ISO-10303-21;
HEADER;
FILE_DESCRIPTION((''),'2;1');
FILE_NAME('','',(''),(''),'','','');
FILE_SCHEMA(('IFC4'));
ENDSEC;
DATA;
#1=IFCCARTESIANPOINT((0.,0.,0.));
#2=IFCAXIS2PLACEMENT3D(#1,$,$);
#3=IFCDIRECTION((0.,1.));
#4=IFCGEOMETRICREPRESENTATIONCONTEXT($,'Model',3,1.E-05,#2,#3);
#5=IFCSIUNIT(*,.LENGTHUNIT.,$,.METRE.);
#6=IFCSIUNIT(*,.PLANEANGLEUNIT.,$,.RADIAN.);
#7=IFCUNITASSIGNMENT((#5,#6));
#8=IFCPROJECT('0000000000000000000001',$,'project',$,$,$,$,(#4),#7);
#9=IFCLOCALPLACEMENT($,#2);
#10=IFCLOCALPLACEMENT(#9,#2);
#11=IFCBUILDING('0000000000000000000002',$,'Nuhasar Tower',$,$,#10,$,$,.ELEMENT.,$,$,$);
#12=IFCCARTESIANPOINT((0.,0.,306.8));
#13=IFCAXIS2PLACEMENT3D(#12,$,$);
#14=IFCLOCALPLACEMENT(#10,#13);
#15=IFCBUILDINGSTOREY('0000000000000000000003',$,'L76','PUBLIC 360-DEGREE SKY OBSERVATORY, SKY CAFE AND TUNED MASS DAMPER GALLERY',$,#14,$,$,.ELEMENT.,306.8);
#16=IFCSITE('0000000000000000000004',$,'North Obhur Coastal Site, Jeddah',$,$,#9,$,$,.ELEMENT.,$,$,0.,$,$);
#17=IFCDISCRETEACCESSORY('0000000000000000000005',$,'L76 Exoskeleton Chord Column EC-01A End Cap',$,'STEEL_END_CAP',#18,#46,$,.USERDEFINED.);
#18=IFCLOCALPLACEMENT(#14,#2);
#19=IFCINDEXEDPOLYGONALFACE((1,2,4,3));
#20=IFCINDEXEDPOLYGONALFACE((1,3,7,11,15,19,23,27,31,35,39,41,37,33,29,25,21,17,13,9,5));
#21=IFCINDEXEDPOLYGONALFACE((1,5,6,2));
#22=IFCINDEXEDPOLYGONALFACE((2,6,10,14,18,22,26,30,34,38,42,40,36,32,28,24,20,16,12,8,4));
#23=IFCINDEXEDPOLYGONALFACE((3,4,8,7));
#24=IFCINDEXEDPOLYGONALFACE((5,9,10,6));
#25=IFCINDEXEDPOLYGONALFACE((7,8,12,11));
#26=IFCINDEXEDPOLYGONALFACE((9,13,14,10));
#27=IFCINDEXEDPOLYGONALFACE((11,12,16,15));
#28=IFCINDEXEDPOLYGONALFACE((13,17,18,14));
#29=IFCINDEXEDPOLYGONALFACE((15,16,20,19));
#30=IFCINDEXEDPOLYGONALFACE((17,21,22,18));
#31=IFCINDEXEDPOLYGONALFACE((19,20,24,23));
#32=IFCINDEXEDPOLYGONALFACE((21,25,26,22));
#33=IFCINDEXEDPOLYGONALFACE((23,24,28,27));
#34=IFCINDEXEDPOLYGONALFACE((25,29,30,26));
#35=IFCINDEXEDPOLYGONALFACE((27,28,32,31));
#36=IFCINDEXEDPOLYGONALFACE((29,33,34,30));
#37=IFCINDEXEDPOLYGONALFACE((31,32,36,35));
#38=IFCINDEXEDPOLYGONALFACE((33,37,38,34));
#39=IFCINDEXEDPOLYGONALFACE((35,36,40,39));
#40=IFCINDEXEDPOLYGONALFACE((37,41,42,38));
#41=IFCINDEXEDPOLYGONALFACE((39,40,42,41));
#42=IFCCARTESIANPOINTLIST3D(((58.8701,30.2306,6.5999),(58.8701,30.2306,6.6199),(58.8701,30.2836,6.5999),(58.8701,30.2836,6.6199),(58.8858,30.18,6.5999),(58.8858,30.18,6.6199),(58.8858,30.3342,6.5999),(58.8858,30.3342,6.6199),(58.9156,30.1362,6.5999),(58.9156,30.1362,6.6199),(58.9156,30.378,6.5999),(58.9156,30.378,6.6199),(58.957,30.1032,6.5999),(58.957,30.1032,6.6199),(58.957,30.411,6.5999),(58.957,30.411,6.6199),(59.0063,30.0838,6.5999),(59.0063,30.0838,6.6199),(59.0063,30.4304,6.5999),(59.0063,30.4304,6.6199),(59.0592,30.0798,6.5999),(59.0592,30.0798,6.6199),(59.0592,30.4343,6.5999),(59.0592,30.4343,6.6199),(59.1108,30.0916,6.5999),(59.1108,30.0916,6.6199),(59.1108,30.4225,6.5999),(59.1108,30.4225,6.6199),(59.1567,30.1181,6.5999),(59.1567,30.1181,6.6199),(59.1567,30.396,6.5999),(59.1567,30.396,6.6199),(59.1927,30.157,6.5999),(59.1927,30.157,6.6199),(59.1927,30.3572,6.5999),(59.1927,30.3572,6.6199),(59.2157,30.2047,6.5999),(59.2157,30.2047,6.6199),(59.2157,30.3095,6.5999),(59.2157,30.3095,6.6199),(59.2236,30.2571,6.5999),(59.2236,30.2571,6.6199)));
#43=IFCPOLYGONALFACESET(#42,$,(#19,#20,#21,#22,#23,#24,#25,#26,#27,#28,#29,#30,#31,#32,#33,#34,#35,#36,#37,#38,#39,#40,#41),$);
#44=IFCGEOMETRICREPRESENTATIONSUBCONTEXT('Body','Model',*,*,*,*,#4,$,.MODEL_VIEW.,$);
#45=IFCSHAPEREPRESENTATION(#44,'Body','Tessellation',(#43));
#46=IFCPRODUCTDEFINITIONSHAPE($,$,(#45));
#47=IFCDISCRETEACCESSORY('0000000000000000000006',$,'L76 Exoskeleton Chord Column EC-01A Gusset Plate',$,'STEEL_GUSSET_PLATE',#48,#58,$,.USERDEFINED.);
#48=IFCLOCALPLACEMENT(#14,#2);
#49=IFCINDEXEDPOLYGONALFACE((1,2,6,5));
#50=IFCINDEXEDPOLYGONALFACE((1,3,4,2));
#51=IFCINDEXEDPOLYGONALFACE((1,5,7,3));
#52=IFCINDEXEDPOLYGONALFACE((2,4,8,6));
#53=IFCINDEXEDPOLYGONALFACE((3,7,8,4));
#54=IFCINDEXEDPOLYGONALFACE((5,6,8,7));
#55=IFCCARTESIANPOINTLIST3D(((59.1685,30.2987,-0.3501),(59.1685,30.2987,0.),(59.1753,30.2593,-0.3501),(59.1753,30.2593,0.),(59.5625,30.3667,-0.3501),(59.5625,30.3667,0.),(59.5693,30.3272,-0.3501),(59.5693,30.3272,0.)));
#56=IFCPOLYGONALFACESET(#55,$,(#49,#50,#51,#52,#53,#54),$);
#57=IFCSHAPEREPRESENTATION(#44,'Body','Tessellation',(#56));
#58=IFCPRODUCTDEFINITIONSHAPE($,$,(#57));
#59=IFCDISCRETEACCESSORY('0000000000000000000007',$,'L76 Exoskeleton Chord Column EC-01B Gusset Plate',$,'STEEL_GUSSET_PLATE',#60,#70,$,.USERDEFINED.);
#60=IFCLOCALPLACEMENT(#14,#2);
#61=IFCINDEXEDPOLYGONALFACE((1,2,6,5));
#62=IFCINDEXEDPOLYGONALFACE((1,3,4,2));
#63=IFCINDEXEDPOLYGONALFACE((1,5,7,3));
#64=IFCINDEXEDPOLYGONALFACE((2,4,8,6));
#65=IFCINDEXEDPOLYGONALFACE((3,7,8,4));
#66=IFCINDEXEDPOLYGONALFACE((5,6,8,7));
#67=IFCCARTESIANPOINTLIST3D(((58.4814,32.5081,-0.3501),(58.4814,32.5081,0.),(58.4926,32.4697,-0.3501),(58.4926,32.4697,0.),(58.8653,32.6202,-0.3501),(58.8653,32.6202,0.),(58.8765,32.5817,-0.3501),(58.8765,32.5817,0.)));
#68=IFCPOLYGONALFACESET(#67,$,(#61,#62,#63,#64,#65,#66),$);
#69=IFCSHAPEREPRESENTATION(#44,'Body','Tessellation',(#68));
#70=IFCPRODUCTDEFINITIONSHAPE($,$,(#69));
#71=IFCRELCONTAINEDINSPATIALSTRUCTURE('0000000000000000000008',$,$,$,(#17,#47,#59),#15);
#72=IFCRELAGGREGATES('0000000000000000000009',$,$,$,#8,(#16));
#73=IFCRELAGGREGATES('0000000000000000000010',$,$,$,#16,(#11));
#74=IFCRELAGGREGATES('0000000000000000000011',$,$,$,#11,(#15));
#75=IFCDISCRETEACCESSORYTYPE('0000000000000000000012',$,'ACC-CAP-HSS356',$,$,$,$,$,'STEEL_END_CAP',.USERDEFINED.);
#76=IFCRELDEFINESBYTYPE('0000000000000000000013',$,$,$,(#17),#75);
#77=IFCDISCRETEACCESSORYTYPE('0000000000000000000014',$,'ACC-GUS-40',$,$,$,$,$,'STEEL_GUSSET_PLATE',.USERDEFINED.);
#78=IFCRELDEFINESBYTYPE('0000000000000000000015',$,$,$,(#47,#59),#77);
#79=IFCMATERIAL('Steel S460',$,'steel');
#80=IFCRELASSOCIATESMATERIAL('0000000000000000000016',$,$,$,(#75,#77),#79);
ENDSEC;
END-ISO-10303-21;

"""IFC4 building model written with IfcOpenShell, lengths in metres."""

from ifc_helpers import new_model, si_unit, direction, frame, origin, origin_2d, place, context, subcontext, project, spatial, rectangle, circle, extrude, material, type_object, element, save


model = new_model("IFC4")

# Units and contexts
model_context = context("Model", 3, precision=1e-05, world=origin(), true_north=direction((0.0, 1.0)))
body_context = subcontext(model_context, "Body", "Model", "MODEL_VIEW")
ifc_project = project(units=[si_unit("LENGTHUNIT", "METRE"), si_unit("PLANEANGLEUNIT", "RADIAN")], contexts=[model_context])

# Site, building, storey
site_placement = place(None, origin())
site = spatial("IfcSite", under=ifc_project, at=site_placement, Name="North Obhur Coastal Site, Jeddah", CompositionType="ELEMENT", RefElevation=0.0)
building_placement = place(site_placement, origin())
building = spatial("IfcBuilding", under=site, at=building_placement, Name="Nuhasar Tower", CompositionType="ELEMENT")
storey_placement = place(building_placement, frame((0.0, 0.0, 306.8)))
storey = spatial("IfcBuildingStorey", under=building, at=storey_placement, Name="L76", Description="PUBLIC 360-DEGREE SKY OBSERVATORY, SKY CAFE AND TUNED MASS DAMPER GALLERY", CompositionType="ELEMENT", Elevation=306.8)

# Shared definitions
ifc_material_1 = material(Name="Steel S460", Category="steel")

# Discrete accessories
discrete_accessory_type_1 = type_object("IfcDiscreteAccessoryType", Name="ACC-CAP-HSS356", ElementType="STEEL_END_CAP", PredefinedType="USERDEFINED", material=ifc_material_1)
discrete_accessory_placement = place(storey_placement, frame((59.0459, 30.2571, 6.5999), z_axis=(0.0, 0.0, 1.0), x_axis=(1.0, 0.0, 0.0)))
element("IfcDiscreteAccessory", 1, at=discrete_accessory_placement, inside=storey, type_object=discrete_accessory_type_1, Name="L76 Exoskeleton Chord Column EC-01A End Cap", ObjectType="STEEL_END_CAP", PredefinedType="USERDEFINED", context=body_context, shape_type="SweptSolid", body=[
    extrude(circle(Radius=0.1777, at=origin_2d()), origin(), (0.0, 0.0, 1.0), 0.02),
])
discrete_accessory_type_2 = type_object("IfcDiscreteAccessoryType", Name="ACC-GUS-40", ElementType="STEEL_GUSSET_PLATE", PredefinedType="USERDEFINED", material=ifc_material_1)
for number, where, z_axis, x_axis, name in (
    (2, (59.3689, 30.313, -0.3501), (0.0, 0.0, 1.0), (0.985452, 0.169952, 0.0), "L76 Exoskeleton Chord Column EC-01A Gusset Plate"),
    (3, (58.679, 32.5449, -0.3501), (0.0, 0.0, 1.0), (0.959933, 0.280231, 0.0), "L76 Exoskeleton Chord Column EC-01B Gusset Plate"),
):
    element("IfcDiscreteAccessory", number, at=place(storey_placement, frame(where, z_axis=z_axis, x_axis=x_axis)), inside=storey, type_object=discrete_accessory_type_2, Name=name, ObjectType="STEEL_GUSSET_PLATE", PredefinedType="USERDEFINED", context=body_context, shape_type="SweptSolid", body=[
        extrude(rectangle(XDim=0.3999, YDim=0.04, at=origin_2d()), origin(), (0.0, 0.0, 1.0), 0.3501),
    ])

save(model, "model.ifc")
